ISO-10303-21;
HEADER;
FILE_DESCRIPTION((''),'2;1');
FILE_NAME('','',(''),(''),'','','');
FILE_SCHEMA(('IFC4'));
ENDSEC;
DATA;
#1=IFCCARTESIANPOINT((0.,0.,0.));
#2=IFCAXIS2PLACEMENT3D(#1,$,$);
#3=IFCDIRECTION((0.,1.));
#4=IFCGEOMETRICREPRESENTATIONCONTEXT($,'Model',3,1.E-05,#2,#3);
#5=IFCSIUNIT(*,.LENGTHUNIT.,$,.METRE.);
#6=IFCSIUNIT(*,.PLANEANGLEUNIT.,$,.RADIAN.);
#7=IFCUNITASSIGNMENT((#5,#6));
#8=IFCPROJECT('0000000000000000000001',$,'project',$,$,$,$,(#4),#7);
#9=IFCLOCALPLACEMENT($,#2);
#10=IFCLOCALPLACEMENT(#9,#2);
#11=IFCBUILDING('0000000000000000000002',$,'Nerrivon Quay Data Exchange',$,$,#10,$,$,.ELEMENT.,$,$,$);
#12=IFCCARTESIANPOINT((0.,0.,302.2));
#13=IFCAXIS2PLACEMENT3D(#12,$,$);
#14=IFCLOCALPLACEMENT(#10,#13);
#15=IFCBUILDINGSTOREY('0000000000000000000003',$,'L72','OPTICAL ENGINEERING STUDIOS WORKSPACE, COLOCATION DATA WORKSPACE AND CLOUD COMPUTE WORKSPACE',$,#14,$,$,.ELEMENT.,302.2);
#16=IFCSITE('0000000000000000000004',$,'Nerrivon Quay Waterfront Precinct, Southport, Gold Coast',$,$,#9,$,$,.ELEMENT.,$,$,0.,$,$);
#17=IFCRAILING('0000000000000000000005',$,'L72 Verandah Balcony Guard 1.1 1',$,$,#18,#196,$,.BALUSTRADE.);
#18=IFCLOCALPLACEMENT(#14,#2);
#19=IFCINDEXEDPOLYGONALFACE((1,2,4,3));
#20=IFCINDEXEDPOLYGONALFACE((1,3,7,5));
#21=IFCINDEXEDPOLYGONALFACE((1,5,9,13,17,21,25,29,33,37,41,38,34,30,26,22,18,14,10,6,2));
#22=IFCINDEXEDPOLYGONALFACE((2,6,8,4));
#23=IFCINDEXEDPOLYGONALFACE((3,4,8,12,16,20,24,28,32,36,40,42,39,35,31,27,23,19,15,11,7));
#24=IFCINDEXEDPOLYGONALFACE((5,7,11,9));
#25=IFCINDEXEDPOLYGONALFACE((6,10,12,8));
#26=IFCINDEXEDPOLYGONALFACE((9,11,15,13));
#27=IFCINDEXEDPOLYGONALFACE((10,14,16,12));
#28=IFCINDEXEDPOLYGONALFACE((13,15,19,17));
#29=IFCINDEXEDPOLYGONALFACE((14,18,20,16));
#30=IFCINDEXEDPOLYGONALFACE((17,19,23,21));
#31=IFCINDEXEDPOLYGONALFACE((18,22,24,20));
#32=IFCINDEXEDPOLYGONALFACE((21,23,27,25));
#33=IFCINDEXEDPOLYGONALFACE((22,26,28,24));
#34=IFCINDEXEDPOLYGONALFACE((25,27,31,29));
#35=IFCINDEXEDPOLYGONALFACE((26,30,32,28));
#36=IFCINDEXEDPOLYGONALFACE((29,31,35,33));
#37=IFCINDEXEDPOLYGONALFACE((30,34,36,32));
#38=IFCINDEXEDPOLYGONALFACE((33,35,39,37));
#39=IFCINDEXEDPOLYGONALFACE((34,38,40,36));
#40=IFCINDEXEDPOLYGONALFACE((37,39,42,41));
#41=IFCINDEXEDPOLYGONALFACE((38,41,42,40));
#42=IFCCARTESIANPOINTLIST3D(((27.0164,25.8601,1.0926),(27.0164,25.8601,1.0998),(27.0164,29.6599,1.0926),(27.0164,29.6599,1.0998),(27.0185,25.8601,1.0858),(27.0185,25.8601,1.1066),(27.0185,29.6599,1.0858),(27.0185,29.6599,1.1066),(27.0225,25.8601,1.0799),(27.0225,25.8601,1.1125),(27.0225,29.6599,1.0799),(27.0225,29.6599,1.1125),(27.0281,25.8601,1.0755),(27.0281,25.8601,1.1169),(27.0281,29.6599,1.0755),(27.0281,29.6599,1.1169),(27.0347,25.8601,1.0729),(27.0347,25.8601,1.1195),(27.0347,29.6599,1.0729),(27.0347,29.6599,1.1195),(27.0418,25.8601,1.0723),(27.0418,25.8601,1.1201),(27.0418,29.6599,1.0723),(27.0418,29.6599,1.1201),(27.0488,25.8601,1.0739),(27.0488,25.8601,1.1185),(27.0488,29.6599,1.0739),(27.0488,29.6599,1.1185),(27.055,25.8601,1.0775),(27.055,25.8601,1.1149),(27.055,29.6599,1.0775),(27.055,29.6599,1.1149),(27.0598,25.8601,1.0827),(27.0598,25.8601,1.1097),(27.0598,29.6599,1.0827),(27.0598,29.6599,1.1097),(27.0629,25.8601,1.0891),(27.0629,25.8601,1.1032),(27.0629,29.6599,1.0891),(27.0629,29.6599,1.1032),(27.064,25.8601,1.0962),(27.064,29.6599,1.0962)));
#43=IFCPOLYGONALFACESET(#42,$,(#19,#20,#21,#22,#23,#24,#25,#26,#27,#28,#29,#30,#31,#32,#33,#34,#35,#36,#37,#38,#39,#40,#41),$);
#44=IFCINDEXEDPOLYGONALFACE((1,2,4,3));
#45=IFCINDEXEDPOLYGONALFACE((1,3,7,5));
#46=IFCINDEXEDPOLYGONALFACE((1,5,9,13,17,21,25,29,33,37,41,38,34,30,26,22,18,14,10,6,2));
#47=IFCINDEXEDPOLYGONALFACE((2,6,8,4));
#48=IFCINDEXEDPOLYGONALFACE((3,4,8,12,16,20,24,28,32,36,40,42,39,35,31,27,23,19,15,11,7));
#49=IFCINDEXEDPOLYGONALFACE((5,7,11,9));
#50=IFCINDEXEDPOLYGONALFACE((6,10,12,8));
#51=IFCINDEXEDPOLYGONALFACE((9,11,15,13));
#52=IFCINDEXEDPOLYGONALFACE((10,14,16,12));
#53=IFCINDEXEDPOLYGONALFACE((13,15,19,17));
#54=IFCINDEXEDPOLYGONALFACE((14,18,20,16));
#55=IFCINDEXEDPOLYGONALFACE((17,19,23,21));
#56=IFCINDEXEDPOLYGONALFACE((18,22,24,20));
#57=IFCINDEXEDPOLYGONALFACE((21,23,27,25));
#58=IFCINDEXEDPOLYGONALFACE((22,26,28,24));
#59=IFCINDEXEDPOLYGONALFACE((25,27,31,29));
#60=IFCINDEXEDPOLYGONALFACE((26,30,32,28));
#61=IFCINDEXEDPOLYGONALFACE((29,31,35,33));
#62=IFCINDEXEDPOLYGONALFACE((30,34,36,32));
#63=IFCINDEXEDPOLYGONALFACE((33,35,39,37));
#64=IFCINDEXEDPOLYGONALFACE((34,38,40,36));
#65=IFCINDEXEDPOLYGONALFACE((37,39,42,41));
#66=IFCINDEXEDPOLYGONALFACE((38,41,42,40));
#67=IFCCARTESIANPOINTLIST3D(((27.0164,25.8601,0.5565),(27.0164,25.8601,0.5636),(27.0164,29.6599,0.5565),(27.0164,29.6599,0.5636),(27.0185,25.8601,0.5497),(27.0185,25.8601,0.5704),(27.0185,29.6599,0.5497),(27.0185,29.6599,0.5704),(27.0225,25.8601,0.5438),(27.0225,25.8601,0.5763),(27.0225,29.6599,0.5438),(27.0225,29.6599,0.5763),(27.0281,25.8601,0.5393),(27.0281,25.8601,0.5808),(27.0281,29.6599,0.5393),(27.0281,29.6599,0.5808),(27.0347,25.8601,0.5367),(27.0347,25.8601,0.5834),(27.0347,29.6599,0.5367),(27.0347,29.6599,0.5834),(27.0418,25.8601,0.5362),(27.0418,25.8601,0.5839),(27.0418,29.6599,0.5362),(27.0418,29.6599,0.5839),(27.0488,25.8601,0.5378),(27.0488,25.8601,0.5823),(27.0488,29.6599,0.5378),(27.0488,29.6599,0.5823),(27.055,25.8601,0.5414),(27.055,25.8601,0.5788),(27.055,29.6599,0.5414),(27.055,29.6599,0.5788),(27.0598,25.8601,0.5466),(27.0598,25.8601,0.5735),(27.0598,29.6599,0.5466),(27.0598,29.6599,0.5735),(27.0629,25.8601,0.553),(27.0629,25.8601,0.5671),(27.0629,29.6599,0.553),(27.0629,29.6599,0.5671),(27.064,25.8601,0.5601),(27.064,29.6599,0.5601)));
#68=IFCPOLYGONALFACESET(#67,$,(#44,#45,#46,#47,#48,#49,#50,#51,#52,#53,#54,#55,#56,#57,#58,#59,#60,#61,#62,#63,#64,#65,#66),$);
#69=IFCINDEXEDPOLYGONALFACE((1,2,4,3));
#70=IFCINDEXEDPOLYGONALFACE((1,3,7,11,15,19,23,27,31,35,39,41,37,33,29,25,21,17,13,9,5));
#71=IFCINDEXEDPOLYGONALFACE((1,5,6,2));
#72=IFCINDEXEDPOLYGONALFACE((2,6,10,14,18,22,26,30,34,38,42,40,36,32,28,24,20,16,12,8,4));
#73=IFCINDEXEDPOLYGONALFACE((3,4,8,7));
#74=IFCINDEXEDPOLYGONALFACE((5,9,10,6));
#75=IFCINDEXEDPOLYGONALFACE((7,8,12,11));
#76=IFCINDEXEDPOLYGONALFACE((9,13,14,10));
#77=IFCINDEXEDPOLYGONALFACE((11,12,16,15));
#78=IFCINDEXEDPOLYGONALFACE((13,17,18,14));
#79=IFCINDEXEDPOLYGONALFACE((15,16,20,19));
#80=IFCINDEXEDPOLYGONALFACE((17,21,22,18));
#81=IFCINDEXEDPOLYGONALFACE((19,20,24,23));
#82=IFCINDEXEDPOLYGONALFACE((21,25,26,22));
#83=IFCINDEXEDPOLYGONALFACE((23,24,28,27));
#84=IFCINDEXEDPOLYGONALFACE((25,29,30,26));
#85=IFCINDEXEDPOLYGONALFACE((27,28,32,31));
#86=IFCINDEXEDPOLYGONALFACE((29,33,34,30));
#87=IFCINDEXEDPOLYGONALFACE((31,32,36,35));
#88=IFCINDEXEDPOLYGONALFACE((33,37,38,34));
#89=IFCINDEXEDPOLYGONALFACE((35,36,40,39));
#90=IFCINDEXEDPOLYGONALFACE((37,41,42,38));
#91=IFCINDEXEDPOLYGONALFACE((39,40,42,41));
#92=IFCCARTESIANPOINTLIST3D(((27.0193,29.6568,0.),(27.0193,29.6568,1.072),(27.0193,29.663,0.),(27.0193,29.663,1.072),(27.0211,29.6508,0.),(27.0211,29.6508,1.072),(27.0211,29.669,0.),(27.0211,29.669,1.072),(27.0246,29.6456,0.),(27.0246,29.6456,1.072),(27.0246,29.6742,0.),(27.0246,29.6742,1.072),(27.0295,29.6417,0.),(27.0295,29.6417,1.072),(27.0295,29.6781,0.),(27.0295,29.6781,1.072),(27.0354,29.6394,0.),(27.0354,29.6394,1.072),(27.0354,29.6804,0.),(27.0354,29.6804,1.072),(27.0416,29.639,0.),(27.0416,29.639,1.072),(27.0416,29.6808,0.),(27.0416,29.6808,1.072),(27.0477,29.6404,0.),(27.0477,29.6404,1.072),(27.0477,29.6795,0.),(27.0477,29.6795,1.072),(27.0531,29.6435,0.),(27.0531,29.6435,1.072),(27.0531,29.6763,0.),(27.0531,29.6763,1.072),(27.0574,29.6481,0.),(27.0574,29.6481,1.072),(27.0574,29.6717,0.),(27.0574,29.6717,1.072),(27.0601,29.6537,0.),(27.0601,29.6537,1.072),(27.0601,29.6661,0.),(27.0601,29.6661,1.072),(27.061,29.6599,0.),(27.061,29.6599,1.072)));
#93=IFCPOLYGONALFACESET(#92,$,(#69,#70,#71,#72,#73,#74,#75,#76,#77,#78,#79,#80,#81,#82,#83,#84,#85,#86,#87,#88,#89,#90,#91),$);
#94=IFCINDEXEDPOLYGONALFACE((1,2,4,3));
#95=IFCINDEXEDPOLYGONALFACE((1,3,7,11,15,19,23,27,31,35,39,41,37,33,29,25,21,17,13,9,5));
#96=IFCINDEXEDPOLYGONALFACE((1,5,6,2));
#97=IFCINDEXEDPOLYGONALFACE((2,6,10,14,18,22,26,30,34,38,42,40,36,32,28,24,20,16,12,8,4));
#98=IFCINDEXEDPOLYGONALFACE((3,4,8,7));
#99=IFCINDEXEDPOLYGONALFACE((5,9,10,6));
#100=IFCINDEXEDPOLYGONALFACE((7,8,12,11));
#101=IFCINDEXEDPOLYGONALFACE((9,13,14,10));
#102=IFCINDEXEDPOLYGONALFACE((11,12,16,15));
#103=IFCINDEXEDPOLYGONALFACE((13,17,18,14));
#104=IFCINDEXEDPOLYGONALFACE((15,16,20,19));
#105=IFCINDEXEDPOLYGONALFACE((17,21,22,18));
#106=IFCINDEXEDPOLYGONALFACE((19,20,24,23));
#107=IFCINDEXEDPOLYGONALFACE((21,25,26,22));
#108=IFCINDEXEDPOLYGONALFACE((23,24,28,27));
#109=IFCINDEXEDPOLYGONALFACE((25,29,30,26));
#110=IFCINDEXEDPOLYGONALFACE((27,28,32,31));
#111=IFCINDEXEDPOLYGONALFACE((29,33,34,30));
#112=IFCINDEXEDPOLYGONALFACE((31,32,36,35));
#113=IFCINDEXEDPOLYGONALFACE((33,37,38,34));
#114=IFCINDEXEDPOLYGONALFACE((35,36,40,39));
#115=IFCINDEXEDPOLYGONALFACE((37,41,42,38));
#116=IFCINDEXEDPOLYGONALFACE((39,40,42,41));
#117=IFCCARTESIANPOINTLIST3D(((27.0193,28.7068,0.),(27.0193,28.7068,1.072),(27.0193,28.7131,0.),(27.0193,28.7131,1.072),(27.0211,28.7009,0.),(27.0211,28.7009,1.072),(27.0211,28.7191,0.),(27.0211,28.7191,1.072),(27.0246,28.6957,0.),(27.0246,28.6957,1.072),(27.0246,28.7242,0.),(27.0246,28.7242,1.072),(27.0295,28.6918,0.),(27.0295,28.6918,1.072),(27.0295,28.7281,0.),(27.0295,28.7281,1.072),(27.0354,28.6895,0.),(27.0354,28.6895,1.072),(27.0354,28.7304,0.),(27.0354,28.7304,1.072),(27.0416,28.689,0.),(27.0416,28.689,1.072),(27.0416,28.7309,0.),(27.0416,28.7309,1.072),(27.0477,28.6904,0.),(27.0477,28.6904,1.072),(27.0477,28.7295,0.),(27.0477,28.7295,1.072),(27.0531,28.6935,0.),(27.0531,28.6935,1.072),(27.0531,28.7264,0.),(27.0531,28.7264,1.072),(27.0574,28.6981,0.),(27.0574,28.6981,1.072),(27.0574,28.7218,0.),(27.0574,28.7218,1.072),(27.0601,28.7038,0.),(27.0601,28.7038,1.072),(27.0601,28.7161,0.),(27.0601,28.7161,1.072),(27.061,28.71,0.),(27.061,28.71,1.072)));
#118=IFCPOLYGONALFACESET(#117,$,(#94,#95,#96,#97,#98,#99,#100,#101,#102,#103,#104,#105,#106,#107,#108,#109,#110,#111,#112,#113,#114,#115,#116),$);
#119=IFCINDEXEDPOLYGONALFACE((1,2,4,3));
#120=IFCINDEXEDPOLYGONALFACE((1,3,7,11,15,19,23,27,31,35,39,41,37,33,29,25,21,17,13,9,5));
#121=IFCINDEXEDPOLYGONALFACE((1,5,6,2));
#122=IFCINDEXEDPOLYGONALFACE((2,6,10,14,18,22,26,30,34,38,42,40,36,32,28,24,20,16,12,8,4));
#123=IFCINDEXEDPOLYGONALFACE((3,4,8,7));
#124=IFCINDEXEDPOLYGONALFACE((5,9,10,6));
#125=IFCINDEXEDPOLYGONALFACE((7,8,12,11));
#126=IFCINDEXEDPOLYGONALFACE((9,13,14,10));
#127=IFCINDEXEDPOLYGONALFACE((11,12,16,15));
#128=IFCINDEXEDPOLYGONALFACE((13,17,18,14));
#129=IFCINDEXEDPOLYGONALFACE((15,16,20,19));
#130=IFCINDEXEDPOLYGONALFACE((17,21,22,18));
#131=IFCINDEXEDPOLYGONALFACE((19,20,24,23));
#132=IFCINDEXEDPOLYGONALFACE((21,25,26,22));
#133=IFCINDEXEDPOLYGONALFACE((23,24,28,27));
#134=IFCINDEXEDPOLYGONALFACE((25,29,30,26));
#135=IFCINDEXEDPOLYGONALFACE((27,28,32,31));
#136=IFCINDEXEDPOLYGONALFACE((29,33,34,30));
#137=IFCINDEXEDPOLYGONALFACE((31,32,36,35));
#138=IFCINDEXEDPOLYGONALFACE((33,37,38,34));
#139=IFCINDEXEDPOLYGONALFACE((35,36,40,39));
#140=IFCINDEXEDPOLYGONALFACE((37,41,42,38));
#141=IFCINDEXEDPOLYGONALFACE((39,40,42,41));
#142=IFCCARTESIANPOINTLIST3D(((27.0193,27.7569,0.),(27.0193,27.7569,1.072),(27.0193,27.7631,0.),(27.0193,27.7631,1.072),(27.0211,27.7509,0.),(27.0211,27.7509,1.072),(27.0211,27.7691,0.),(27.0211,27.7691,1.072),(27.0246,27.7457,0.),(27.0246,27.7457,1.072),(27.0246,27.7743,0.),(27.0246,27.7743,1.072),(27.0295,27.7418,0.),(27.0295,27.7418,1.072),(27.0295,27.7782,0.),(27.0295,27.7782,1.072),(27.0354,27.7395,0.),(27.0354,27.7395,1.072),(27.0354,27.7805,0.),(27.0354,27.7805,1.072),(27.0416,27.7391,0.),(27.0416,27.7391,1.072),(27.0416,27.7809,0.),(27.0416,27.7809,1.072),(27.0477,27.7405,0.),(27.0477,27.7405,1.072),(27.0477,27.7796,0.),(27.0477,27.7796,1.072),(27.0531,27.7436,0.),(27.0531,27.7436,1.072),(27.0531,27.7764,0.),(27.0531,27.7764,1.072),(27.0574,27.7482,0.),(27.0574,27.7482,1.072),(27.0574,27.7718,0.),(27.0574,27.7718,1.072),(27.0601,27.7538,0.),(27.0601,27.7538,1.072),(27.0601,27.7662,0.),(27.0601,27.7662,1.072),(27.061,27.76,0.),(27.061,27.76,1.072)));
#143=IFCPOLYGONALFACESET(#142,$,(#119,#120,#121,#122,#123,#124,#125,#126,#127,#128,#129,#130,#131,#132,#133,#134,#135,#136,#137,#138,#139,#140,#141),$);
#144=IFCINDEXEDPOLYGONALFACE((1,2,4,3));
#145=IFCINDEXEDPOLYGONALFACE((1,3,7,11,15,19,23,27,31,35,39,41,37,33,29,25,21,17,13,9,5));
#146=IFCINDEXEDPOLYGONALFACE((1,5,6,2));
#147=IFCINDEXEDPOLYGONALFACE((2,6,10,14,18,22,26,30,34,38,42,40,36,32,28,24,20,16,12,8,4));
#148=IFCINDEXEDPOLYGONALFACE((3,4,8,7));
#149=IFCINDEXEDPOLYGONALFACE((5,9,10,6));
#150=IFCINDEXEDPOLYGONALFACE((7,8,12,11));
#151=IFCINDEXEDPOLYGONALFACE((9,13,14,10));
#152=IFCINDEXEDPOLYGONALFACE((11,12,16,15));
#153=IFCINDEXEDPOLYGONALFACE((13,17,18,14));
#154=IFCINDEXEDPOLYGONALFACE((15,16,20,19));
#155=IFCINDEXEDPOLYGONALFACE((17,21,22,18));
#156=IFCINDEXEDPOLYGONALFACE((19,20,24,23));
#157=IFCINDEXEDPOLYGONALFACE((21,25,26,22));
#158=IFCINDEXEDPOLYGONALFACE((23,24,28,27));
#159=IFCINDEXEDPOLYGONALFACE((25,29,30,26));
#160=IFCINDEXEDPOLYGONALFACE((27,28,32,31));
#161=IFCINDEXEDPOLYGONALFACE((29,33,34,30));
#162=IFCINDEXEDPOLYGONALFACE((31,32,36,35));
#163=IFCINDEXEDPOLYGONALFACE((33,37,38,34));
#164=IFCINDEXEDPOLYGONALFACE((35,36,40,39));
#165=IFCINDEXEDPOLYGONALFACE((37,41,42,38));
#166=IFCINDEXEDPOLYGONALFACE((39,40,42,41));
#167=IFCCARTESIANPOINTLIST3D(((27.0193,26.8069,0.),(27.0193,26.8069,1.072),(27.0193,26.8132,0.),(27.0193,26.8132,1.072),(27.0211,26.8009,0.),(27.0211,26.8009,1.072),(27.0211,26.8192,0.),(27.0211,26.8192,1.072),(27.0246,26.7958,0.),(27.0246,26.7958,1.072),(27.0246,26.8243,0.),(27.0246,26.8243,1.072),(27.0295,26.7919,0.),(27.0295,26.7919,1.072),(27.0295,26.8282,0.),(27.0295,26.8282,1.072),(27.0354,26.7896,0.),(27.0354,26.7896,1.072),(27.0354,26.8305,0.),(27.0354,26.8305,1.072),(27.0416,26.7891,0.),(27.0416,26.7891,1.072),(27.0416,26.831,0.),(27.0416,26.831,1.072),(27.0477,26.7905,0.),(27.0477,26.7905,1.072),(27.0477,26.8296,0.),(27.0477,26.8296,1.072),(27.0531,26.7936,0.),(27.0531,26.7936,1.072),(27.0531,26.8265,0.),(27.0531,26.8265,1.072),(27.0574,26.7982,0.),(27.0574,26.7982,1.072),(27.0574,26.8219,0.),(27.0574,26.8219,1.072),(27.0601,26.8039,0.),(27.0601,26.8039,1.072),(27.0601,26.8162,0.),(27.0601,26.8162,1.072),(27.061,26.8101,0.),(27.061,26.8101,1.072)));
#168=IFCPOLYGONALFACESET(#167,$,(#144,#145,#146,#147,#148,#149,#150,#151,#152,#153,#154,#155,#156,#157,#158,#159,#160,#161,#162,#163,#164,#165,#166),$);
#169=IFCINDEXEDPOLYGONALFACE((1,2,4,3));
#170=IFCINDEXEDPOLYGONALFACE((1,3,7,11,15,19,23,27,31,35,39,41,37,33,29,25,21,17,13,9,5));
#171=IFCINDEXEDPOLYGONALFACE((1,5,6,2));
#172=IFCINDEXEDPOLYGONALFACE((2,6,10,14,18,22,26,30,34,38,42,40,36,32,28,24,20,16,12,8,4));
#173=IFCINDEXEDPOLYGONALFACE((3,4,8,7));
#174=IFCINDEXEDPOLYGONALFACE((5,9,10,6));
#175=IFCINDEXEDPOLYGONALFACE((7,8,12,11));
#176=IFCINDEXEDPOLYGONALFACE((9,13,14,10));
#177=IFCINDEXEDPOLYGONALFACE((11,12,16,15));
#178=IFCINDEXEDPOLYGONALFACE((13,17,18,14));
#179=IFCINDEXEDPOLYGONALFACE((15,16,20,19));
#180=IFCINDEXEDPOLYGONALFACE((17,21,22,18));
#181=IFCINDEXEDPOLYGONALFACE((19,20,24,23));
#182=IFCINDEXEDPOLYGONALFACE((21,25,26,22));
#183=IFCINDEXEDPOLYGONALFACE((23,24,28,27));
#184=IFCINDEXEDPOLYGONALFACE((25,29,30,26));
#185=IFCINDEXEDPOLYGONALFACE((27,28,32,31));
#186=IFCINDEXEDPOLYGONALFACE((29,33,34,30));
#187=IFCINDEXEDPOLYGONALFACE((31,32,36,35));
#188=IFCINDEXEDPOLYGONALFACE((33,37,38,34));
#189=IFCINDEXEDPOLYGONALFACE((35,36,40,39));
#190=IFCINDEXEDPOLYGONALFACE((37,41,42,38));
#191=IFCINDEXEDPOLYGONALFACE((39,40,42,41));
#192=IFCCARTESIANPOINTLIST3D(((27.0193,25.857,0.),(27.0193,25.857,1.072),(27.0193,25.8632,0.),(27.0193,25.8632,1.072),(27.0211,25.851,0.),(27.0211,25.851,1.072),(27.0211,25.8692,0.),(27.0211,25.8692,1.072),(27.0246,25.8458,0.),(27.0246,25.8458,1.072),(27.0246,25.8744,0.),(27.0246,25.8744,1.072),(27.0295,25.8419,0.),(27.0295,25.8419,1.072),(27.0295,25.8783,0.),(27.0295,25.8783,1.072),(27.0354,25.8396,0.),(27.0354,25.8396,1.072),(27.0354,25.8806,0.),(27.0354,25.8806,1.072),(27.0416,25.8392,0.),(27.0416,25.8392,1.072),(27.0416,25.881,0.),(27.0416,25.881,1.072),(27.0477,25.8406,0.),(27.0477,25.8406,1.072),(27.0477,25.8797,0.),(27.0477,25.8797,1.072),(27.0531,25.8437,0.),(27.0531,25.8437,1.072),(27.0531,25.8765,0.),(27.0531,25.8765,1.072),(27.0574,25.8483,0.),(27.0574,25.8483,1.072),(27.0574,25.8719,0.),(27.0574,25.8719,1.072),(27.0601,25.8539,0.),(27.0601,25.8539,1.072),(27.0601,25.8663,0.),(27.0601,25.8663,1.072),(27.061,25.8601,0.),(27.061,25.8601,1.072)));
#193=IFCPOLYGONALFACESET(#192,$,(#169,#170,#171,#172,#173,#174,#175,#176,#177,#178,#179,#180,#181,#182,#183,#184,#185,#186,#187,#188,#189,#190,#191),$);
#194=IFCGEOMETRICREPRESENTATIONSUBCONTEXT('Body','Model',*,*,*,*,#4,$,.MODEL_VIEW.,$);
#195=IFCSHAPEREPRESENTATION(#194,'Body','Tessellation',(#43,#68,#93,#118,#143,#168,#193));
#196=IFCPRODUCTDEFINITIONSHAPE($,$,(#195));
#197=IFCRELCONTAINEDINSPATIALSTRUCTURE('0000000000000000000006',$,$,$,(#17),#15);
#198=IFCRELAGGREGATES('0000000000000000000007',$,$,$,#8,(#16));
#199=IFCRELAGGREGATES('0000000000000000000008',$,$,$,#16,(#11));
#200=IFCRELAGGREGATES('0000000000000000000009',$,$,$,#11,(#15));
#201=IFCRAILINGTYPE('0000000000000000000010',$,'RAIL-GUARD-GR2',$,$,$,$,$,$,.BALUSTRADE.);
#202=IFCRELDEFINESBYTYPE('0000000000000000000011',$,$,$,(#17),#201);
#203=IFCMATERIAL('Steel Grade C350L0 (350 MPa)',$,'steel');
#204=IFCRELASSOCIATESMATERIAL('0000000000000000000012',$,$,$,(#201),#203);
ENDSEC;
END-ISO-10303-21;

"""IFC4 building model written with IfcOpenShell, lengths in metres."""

from ifc_helpers import new_model, si_unit, direction, frame, origin, origin_2d, place, context, subcontext, project, spatial, circle, extrude, material, type_object, element, save


model = new_model("IFC4")

# Units and contexts
model_context = context("Model", 3, precision=1e-05, world=origin(), true_north=direction((0.0, 1.0)))
body_context = subcontext(model_context, "Body", "Model", "MODEL_VIEW")
ifc_project = project(units=[si_unit("LENGTHUNIT", "METRE"), si_unit("PLANEANGLEUNIT", "RADIAN")], contexts=[model_context])

# Site, building, storey
site_placement = place(None, origin())
site = spatial("IfcSite", under=ifc_project, at=site_placement, Name="Nerrivon Quay Waterfront Precinct, Southport, Gold Coast", CompositionType="ELEMENT", RefElevation=0.0)
building_placement = place(site_placement, origin())
building = spatial("IfcBuilding", under=site, at=building_placement, Name="Nerrivon Quay Data Exchange", CompositionType="ELEMENT")
storey_placement = place(building_placement, frame((0.0, 0.0, 302.2)))
storey = spatial("IfcBuildingStorey", under=building, at=storey_placement, Name="L72", Description="OPTICAL ENGINEERING STUDIOS WORKSPACE, COLOCATION DATA WORKSPACE AND CLOUD COMPUTE WORKSPACE", CompositionType="ELEMENT", Elevation=302.2)

# Shared definitions
ifc_material_1 = material(Name="Steel Grade C350L0 (350 MPa)", Category="steel")

# Railing
railing_type = type_object("IfcRailingType", Name="RAIL-GUARD-GR2", PredefinedType="BALUSTRADE", material=ifc_material_1)
railing_1_placement = place(storey_placement, frame((27.04, 29.6599, 0.0)))
element("IfcRailing", 1, at=railing_1_placement, inside=storey, type_object=railing_type, Name="L72 Verandah Balcony Guard 1.1 1", PredefinedType="BALUSTRADE", context=body_context, shape_type="SweptSolid", body=[
    extrude(circle(Radius=0.0239, at=origin_2d()), frame((0.0, 0.0, 1.0962), z_axis=(0.0, -1.0, 0.0), x_axis=(1.0, 0.0, 0.0)), (0.0, 0.0, 1.0), 3.7998),
    extrude(circle(Radius=0.0239, at=origin_2d()), frame((0.0, 0.0, 0.5601), z_axis=(0.0, -1.0, 0.0), x_axis=(1.0, 0.0, 0.0)), (0.0, 0.0, 1.0), 3.7998),
    extrude(circle(Radius=0.021, at=origin_2d()), origin(), (0.0, 0.0, 1.0), 1.072),
    extrude(circle(Radius=0.021, at=origin_2d()), frame((0.0, -0.95, 0.0)), (0.0, 0.0, 1.0), 1.072),
    extrude(circle(Radius=0.021, at=origin_2d()), frame((0.0, -1.8999, 0.0)), (0.0, 0.0, 1.0), 1.072),
    extrude(circle(Radius=0.021, at=origin_2d()), frame((0.0, -2.8499, 0.0)), (0.0, 0.0, 1.0), 1.072),
    extrude(circle(Radius=0.021, at=origin_2d()), frame((0.0, -3.7998, 0.0)), (0.0, 0.0, 1.0), 1.072),
])

save(model, "model.ifc")
